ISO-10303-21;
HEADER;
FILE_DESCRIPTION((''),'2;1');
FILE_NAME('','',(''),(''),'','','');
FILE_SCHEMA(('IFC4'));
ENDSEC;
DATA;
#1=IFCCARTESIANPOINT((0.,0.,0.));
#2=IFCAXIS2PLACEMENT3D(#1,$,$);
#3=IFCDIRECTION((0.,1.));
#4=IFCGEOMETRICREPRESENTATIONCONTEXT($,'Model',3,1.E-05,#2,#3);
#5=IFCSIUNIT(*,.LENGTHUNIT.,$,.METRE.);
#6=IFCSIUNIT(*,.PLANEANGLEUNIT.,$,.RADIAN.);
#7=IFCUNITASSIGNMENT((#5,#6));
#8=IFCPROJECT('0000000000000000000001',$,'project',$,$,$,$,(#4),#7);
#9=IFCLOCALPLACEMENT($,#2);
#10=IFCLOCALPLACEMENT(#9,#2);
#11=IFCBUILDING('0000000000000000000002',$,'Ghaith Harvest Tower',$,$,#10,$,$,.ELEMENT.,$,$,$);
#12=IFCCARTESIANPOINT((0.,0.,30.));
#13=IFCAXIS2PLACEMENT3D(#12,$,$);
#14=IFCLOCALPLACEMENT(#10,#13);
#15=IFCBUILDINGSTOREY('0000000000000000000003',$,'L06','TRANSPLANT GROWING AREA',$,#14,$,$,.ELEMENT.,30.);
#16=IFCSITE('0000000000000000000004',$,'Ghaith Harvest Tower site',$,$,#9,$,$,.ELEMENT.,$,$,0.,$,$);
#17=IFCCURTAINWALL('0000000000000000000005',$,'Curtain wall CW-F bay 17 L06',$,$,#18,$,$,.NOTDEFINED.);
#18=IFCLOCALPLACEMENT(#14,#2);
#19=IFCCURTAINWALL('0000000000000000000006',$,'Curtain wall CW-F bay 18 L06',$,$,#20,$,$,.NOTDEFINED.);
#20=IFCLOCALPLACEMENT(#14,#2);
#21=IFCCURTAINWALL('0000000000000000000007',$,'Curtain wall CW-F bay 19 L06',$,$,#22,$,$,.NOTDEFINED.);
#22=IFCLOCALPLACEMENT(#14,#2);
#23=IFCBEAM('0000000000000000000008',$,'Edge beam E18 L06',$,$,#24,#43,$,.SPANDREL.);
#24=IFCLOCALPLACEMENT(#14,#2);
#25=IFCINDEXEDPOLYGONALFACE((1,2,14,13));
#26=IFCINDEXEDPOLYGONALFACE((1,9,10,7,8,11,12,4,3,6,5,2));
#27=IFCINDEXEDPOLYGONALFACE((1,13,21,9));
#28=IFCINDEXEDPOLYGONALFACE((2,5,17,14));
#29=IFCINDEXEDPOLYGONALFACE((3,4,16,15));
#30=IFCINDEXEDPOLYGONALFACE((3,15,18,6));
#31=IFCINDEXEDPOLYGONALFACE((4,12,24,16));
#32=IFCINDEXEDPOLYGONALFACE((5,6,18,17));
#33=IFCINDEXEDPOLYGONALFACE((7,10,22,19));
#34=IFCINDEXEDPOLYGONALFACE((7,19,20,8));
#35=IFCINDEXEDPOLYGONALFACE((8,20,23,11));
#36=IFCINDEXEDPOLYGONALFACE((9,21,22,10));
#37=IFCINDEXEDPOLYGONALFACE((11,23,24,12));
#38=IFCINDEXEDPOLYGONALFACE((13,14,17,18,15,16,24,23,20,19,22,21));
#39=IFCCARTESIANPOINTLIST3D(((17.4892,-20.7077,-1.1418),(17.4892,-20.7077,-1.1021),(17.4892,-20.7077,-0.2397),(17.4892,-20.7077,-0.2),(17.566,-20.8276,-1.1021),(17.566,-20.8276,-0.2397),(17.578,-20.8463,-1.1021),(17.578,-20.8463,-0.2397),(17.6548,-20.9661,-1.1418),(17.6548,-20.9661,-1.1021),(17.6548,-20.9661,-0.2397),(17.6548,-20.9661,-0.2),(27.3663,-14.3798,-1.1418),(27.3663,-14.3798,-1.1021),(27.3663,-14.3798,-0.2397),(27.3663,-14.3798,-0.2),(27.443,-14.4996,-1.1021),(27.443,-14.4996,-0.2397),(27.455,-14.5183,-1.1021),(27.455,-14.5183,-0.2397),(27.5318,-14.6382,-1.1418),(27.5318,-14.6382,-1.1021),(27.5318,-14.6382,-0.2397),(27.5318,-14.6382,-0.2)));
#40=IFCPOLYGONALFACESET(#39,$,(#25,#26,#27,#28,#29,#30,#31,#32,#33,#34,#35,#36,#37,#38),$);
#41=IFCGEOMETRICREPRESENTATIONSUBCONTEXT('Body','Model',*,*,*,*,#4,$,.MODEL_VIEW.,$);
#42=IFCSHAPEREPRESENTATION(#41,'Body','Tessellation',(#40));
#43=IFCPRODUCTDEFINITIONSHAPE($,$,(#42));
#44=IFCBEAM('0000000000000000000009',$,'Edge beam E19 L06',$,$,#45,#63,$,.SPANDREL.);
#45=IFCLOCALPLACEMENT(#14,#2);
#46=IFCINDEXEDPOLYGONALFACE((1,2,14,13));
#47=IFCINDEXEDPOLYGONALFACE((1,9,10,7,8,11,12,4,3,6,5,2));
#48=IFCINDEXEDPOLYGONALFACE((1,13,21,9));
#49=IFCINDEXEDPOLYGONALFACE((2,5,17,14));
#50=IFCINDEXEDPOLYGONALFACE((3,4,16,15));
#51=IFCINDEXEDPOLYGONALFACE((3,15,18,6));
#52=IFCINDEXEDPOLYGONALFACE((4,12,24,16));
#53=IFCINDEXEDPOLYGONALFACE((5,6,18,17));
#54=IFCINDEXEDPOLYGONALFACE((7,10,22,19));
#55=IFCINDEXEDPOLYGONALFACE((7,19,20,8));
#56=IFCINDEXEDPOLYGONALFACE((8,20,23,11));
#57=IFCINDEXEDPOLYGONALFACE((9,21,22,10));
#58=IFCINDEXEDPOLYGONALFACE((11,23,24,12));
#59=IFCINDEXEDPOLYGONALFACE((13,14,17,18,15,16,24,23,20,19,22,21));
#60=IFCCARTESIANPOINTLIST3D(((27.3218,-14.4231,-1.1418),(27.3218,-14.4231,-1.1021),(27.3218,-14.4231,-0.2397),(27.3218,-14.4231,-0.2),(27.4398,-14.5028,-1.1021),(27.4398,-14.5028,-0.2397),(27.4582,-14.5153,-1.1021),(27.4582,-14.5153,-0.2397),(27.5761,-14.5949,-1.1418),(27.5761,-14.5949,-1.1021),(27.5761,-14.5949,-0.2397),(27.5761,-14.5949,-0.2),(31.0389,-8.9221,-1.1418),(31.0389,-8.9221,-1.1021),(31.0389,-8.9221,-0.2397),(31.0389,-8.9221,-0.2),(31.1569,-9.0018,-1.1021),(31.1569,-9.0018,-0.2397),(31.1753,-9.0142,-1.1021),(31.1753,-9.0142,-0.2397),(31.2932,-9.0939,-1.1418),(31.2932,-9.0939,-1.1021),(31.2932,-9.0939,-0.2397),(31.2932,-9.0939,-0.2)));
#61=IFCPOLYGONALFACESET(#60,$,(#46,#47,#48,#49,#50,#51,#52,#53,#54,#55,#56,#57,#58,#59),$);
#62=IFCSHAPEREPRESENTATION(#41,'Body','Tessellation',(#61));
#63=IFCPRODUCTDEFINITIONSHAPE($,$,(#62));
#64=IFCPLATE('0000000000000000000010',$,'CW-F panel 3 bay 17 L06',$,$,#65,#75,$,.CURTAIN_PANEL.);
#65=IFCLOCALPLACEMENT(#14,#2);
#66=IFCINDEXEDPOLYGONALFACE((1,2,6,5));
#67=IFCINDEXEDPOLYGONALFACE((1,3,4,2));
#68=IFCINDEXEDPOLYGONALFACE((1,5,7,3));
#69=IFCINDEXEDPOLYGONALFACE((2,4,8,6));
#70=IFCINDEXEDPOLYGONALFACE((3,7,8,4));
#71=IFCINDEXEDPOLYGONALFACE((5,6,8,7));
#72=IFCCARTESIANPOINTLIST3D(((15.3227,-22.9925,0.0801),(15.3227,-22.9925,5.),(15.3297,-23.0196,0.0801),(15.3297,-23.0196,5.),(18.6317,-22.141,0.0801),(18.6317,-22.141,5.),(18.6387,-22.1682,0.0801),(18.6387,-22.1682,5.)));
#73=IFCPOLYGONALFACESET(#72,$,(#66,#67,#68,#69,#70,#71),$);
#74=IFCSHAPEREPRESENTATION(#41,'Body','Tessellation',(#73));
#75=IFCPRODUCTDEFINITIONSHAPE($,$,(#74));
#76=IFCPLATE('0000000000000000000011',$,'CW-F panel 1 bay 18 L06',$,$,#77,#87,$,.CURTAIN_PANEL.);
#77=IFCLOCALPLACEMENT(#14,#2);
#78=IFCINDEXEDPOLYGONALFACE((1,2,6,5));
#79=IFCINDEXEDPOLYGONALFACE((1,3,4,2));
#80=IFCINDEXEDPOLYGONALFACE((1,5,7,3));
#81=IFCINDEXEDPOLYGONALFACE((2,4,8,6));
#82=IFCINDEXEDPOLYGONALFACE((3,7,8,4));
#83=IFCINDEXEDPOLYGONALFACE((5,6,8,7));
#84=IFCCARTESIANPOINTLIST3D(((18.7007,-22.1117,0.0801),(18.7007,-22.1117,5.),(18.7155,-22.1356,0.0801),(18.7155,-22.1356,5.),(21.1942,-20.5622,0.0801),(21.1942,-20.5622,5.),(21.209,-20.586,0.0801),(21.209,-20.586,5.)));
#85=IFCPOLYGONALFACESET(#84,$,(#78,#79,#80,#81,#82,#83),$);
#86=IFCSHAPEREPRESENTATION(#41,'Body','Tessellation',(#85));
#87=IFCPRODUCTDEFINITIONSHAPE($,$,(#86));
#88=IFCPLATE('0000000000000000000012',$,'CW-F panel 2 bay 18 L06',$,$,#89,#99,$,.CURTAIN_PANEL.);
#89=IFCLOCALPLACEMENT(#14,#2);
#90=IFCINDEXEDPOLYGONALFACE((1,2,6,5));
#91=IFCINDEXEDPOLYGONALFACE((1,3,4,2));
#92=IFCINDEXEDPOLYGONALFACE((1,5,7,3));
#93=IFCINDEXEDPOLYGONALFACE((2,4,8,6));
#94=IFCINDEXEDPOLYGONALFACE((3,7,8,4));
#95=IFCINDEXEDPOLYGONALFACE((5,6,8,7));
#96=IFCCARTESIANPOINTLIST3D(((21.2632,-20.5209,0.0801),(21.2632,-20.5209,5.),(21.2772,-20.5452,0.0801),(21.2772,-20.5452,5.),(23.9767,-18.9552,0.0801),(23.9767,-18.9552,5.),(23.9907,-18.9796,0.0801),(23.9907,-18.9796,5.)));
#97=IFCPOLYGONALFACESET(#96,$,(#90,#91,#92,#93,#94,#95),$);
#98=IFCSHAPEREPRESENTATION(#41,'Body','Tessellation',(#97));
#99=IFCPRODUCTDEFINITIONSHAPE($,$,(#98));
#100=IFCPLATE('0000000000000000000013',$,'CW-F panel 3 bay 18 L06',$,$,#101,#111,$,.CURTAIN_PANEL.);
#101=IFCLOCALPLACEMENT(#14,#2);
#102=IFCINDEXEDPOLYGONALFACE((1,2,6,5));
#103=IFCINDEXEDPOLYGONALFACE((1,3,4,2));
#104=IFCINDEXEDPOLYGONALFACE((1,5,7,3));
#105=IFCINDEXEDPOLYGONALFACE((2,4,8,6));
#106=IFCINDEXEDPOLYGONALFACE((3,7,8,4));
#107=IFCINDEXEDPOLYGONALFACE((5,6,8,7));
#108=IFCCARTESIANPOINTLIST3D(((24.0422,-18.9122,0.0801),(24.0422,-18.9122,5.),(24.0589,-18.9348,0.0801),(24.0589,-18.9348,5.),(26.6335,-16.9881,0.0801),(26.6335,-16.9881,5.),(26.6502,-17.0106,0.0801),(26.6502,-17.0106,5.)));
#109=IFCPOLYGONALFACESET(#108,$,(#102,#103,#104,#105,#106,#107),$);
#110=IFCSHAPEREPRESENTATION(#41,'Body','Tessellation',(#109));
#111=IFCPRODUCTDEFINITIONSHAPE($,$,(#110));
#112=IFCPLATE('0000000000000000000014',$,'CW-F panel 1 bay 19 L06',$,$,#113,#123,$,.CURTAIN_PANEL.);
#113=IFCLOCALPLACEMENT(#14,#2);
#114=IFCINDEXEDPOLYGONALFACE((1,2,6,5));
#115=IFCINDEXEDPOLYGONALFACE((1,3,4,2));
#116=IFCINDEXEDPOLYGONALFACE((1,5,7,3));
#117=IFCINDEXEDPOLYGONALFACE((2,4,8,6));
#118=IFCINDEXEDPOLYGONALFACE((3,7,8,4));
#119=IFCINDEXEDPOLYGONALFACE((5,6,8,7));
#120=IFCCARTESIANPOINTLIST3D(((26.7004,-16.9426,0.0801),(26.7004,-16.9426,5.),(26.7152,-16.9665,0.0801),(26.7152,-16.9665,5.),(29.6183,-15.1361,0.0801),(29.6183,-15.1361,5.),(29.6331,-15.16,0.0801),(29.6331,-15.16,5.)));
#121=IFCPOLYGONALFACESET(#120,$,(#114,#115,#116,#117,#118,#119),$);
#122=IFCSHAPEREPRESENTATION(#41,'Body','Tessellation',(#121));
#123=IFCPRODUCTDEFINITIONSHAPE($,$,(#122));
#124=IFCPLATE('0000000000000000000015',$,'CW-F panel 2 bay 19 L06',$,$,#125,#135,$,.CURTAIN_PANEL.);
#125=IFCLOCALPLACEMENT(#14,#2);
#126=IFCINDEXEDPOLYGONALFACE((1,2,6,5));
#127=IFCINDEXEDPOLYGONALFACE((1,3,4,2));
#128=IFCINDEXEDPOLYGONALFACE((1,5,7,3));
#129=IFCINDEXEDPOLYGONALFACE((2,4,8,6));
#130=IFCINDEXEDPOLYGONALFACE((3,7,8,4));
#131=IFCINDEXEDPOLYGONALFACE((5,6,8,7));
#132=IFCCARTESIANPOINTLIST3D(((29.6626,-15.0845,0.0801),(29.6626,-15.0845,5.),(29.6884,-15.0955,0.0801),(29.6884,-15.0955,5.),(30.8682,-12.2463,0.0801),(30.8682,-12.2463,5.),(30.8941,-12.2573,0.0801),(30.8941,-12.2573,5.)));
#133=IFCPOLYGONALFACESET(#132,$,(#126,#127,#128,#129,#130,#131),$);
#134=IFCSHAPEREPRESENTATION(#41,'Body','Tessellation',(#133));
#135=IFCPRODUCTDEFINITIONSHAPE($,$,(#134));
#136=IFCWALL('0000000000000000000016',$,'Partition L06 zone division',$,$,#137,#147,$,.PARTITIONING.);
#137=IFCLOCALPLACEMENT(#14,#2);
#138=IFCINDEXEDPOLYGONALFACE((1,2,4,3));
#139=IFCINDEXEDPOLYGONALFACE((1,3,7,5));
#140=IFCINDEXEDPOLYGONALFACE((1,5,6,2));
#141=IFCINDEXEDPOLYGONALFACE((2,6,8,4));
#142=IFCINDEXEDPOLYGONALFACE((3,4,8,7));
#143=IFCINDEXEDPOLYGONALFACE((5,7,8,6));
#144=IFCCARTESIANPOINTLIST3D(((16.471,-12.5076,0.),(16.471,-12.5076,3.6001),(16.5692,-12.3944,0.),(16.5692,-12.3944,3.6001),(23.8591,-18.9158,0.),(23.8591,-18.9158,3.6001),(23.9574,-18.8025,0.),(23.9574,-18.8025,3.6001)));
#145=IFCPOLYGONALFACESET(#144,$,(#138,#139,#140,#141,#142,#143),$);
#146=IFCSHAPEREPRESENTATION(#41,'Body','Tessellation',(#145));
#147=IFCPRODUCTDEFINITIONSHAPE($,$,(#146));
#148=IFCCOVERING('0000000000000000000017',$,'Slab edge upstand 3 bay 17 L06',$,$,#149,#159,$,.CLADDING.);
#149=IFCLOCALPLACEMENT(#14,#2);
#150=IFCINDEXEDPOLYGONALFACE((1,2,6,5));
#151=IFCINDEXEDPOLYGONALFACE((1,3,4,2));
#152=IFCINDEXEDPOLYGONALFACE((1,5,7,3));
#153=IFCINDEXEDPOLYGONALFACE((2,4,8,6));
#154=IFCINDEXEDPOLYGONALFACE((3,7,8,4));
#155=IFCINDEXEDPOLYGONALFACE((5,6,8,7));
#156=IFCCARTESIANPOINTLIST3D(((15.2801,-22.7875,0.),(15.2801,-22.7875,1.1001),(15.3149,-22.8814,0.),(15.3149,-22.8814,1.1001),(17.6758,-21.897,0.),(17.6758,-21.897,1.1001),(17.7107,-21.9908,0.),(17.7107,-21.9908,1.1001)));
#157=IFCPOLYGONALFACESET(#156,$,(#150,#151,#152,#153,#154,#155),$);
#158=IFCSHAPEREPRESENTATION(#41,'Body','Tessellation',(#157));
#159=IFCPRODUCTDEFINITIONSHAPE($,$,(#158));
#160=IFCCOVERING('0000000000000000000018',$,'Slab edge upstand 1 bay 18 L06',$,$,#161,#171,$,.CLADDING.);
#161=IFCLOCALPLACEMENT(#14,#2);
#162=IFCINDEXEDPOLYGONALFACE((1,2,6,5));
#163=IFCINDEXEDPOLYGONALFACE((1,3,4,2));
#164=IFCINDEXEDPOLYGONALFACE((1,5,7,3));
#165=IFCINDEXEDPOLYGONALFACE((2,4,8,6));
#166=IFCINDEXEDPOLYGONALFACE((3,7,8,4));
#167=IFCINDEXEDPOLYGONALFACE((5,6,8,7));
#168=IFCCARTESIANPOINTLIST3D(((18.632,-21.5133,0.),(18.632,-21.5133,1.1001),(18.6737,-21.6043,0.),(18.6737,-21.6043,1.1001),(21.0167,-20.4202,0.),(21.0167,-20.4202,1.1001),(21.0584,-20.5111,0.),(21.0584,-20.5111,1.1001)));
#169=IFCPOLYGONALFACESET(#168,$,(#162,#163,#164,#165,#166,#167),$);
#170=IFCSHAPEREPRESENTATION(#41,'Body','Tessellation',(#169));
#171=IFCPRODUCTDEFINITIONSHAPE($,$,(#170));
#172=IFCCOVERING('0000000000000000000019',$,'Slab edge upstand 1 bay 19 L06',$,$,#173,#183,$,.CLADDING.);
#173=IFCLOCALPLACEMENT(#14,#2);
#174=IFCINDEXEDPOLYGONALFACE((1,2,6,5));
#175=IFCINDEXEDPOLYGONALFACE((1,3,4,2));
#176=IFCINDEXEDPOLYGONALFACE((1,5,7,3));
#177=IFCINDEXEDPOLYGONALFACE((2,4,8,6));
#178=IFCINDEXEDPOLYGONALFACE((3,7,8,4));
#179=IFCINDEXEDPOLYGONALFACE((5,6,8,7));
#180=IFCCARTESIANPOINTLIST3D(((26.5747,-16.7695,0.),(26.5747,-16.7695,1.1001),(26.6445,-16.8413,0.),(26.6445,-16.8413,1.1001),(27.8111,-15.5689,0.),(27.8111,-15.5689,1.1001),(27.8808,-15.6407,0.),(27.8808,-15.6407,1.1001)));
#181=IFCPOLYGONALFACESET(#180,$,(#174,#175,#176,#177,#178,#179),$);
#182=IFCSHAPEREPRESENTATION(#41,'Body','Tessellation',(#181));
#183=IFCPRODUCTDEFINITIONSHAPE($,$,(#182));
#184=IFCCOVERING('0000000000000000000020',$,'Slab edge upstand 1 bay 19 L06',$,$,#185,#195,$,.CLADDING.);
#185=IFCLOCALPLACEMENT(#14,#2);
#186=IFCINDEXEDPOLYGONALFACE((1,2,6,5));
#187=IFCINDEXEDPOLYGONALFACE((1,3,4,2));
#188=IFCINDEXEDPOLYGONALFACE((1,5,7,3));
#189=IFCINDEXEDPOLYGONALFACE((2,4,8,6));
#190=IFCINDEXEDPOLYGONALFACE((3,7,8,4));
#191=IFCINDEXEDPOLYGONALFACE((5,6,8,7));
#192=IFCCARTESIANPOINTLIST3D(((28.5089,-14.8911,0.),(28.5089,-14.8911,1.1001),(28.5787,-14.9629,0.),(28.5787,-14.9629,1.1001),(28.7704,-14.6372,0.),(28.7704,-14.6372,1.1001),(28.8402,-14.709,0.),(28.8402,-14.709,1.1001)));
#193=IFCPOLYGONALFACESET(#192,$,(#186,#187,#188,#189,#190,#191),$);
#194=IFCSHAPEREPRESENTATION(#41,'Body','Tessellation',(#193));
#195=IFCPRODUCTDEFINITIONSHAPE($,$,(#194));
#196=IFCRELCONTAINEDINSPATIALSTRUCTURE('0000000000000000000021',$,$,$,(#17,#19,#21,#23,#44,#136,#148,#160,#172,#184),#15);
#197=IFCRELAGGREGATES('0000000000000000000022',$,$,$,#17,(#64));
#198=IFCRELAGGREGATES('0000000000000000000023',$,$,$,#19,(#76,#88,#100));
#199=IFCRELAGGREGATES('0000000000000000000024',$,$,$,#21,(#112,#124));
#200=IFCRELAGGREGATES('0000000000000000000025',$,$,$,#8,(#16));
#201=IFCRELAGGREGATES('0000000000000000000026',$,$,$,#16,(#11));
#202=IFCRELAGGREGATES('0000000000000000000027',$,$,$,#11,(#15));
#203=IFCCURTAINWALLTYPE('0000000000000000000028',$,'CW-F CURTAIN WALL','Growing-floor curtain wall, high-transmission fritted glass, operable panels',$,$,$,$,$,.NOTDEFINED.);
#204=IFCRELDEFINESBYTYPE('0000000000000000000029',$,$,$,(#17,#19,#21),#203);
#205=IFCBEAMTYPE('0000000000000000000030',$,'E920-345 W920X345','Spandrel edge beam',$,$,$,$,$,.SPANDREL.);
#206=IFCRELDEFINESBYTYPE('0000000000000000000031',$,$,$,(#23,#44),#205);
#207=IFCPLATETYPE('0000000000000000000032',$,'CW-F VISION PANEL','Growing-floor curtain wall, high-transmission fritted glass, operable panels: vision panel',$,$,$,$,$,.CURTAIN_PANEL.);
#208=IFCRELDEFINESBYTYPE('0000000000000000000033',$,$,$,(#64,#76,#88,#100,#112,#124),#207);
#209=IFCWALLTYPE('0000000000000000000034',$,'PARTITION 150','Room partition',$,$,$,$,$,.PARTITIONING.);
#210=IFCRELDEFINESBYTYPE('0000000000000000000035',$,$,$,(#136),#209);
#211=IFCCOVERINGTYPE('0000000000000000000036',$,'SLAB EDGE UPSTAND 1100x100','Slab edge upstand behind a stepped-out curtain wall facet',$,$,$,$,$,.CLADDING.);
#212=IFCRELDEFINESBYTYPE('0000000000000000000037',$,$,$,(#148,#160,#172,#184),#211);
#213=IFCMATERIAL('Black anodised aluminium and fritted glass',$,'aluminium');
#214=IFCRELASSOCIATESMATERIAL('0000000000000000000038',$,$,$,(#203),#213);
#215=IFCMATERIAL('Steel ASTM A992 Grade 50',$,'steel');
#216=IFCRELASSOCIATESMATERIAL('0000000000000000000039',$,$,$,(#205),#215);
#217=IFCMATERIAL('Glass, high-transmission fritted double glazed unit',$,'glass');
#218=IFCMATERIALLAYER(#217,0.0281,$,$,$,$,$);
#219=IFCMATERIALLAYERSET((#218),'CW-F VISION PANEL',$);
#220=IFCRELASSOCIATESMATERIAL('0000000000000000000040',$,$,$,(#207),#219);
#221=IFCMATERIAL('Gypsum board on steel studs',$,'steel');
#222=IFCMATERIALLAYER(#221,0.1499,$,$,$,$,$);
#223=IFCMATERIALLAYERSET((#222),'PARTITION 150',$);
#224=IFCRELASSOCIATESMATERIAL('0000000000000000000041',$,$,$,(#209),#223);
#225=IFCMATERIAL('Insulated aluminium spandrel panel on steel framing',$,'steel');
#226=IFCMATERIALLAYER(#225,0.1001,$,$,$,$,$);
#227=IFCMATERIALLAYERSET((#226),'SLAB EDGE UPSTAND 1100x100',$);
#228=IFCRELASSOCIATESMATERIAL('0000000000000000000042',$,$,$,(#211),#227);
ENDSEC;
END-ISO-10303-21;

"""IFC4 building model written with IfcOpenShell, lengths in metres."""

from ifc_helpers import new_model, si_unit, direction, frame, frame_2d, origin, origin_2d, place, context, subcontext, project, spatial, rectangle, i_section, extrude, material, layer, layer_set, material_profile, profile_set, type_object, element, aggregate, save


model = new_model("IFC4")

# Units and contexts
model_context = context("Model", 3, precision=1e-05, world=origin(), true_north=direction((0.0, 1.0)))
body_context = subcontext(model_context, "Body", "Model", "MODEL_VIEW")
ifc_project = project(units=[si_unit("LENGTHUNIT", "METRE"), si_unit("PLANEANGLEUNIT", "RADIAN")], contexts=[model_context])

# Site, building, storey
site_placement = place(None, origin())
site = spatial("IfcSite", under=ifc_project, at=site_placement, Name="Ghaith Harvest Tower site", CompositionType="ELEMENT", RefElevation=0.0)
building_placement = place(site_placement, origin())
building = spatial("IfcBuilding", under=site, at=building_placement, Name="Ghaith Harvest Tower", CompositionType="ELEMENT")
storey_placement = place(building_placement, frame((0.0, 0.0, 30.0)))
storey = spatial("IfcBuildingStorey", under=building, at=storey_placement, Name="L06", Description="TRANSPLANT GROWING AREA", CompositionType="ELEMENT", Elevation=30.0)

# Curtain wall
ifc_material_1 = material(Name="Black anodised aluminium and fritted glass", Category="aluminium")
curtain_wall_type = type_object("IfcCurtainWallType", Name="CW-F CURTAIN WALL", Description="Growing-floor curtain wall, high-transmission fritted glass, operable panels", PredefinedType="NOTDEFINED", material=ifc_material_1)
curtain_wall_1_placement = place(storey_placement, origin())
curtain_wall_1 = element("IfcCurtainWall", 1, at=curtain_wall_1_placement, inside=storey, type_object=curtain_wall_type, Name="Curtain wall CW-F bay 17 L06", PredefinedType="NOTDEFINED")

# Curtain walls
curtain_wall_2_placement = place(storey_placement, origin())
curtain_wall_2 = element("IfcCurtainWall", 2, at=curtain_wall_2_placement, inside=storey, type_object=curtain_wall_type, Name="Curtain wall CW-F bay 18 L06", PredefinedType="NOTDEFINED")
curtain_wall_3_placement = place(storey_placement, origin())
curtain_wall_3 = element("IfcCurtainWall", 3, at=curtain_wall_3_placement, inside=storey, type_object=curtain_wall_type, Name="Curtain wall CW-F bay 19 L06", PredefinedType="NOTDEFINED")

# Beams
ifc_material_2 = material(Name="Steel ASTM A992 Grade 50", Category="steel")
ifc_material_profile_1 = material_profile(ifc_material_2, i_section(OverallWidth=0.3069, OverallDepth=0.9419, WebThickness=0.0222, FlangeThickness=0.0398, at=origin_2d()), Name="W920X345")
ifc_profile_set_1 = profile_set([ifc_material_profile_1], Name="Steel ASTM A992 Grade 50")
beam_type = type_object("IfcBeamType", Name="E920-345 W920X345", Description="Spandrel edge beam", PredefinedType="SPANDREL", material=ifc_profile_set_1)
beam_1_placement = place(storey_placement, frame((17.572, -20.8369, -0.6709), z_axis=(0.842015, 0.539455, 0.0), x_axis=(-0.539455, 0.842015, 0.0)))
element("IfcBeam", 4, at=beam_1_placement, inside=storey, type_object=beam_type, Name="Edge beam E18 L06", PredefinedType="SPANDREL", context=body_context, shape_type="SweptSolid", body=[
    extrude(i_section(OverallWidth=0.3069, OverallDepth=0.9419, WebThickness=0.0222, FlangeThickness=0.0398, at=origin_2d()), origin(), (0.0, 0.0, 1.0), 11.7302),
])
beam_2_placement = place(storey_placement, frame((27.449, -14.509, -0.6709), z_axis=(0.559874, 0.828577, 0.0), x_axis=(-0.828577, 0.559874, 0.0)))
element("IfcBeam", 5, at=beam_2_placement, inside=storey, type_object=beam_type, Name="Edge beam E19 L06", PredefinedType="SPANDREL", context=body_context, shape_type="SweptSolid", body=[
    extrude(i_section(OverallWidth=0.3069, OverallDepth=0.9419, WebThickness=0.0222, FlangeThickness=0.0398, at=origin_2d()), origin(), (0.0, 0.0, 1.0), 6.6392),
])

# Plates
ifc_material_3 = material(Name="Glass, high-transmission fritted double glazed unit", Category="glass")
ifc_layer_1 = layer(ifc_material_3, 0.0281)
ifc_layer_set_1 = layer_set([ifc_layer_1], Name="CW-F VISION PANEL")
plate_type = type_object("IfcPlateType", Name="CW-F VISION PANEL", Description="Growing-floor curtain wall, high-transmission fritted glass, operable panels: vision panel", PredefinedType="CURTAIN_PANEL", material=ifc_layer_set_1)
plate_1_placement = place(storey_placement, frame((16.9807, -22.5803, 0.0801), z_axis=(0.0, 0.0, 1.0), x_axis=(0.968451, 0.249202, 0.0)))
plate_1 = element("IfcPlate", 6, at=plate_1_placement, type_object=plate_type, Name="CW-F panel 3 bay 17 L06", PredefinedType="CURTAIN_PANEL", context=body_context, shape_type="SweptSolid", body=[
    extrude(rectangle(XDim=3.4167, YDim=0.0281, at=origin_2d()), origin(), (0.0, 0.0, 1.0), 4.9199),
])
aggregate(curtain_wall_1, [plate_1])
plate_2_placement = place(storey_placement, frame((19.9548, -21.3489, 0.0801), z_axis=(0.0, 0.0, 1.0), x_axis=(0.849361, 0.527813, 0.0)))
plate_2 = element("IfcPlate", 7, at=plate_2_placement, type_object=plate_type, Name="CW-F panel 1 bay 18 L06", PredefinedType="CURTAIN_PANEL", context=body_context, shape_type="SweptSolid", body=[
    extrude(rectangle(XDim=2.9358, YDim=0.0281, at=origin_2d()), origin(), (0.0, 0.0, 1.0), 4.9199),
])
plate_3_placement = place(storey_placement, frame((22.627, -19.7502, 0.0801), z_axis=(0.0, 0.0, 1.0), x_axis=(0.866159, 0.499768, 0.0)))
plate_3 = element("IfcPlate", 8, at=plate_3_placement, type_object=plate_type, Name="CW-F panel 2 bay 18 L06", PredefinedType="CURTAIN_PANEL", context=body_context, shape_type="SweptSolid", body=[
    extrude(rectangle(XDim=3.1328, YDim=0.0281, at=origin_2d()), origin(), (0.0, 0.0, 1.0), 4.9199),
])
plate_4_placement = place(storey_placement, frame((25.3462, -17.9614, 0.0801), z_axis=(0.0, 0.0, 1.0), x_axis=(0.802867, 0.596158, 0.0)))
plate_4 = element("IfcPlate", 9, at=plate_4_placement, type_object=plate_type, Name="CW-F panel 3 bay 18 L06", PredefinedType="CURTAIN_PANEL", context=body_context, shape_type="SweptSolid", body=[
    extrude(rectangle(XDim=3.2275, YDim=0.0281, at=origin_2d()), origin(), (0.0, 0.0, 1.0), 4.9199),
])
aggregate(curtain_wall_2, [plate_2, plate_3, plate_4])
plate_5_placement = place(storey_placement, frame((28.1667, -16.0513, 0.0801), z_axis=(0.0, 0.0, 1.0), x_axis=(0.850246, 0.526386, 0.0)))
plate_5 = element("IfcPlate", 10, at=plate_5_placement, type_object=plate_type, Name="CW-F panel 1 bay 19 L06", PredefinedType="CURTAIN_PANEL", context=body_context, shape_type="SweptSolid", body=[
    extrude(rectangle(XDim=3.4319, YDim=0.0281, at=origin_2d()), origin(), (0.0, 0.0, 1.0), 4.9199),
])
plate_6_placement = place(storey_placement, frame((30.2783, -13.6709, 0.0801), z_axis=(0.0, 0.0, 1.0), x_axis=(0.39098, 0.920399, 0.0)))
plate_6 = element("IfcPlate", 11, at=plate_6_placement, type_object=plate_type, Name="CW-F panel 2 bay 19 L06", PredefinedType="CURTAIN_PANEL", context=body_context, shape_type="SweptSolid", body=[
    extrude(rectangle(XDim=3.0837, YDim=0.0281, at=origin_2d()), origin(), (0.0, 0.0, 1.0), 4.9199),
])
aggregate(curtain_wall_3, [plate_5, plate_6])

# Wall
ifc_material_4 = material(Name="Gypsum board on steel studs", Category="steel")
ifc_layer_2 = layer(ifc_material_4, 0.1499)
ifc_layer_set_2 = layer_set([ifc_layer_2], Name="PARTITION 150")
wall_type = type_object("IfcWallType", Name="PARTITION 150", Description="Room partition", PredefinedType="PARTITIONING", material=ifc_layer_set_2)
wall_placement = place(storey_placement, frame((16.52, -12.4509, 0.0), z_axis=(0.0, 0.0, 1.0), x_axis=(0.75543, -0.655229, 0.0)))
element("IfcWall", 12, at=wall_placement, inside=storey, type_object=wall_type, Name="Partition L06 zone division", PredefinedType="PARTITIONING", context=body_context, shape_type="SweptSolid", body=[
    extrude(rectangle(XDim=9.78, YDim=0.1499, at=frame_2d((4.8901, 0.0))), origin(), (0.0, 0.0, 1.0), 3.6001),
])

# Coverings
ifc_material_5 = material(Name="Insulated aluminium spandrel panel on steel framing", Category="steel")
ifc_layer_3 = layer(ifc_material_5, 0.1001)
ifc_layer_set_3 = layer_set([ifc_layer_3], Name="SLAB EDGE UPSTAND 1100x100")
covering_type = type_object("IfcCoveringType", Name="SLAB EDGE UPSTAND 1100x100", Description="Slab edge upstand behind a stepped-out curtain wall facet", PredefinedType="CLADDING", material=ifc_layer_set_3)
covering_1_placement = place(storey_placement, frame((16.4954, -22.3892, 0.0), z_axis=(0.0, 0.0, 1.0), x_axis=(0.937332, 0.348438, 0.0)))
element("IfcCovering", 13, at=covering_1_placement, inside=storey, type_object=covering_type, Name="Slab edge upstand 3 bay 17 L06", PredefinedType="CLADDING", context=body_context, shape_type="SweptSolid", body=[
    extrude(rectangle(XDim=2.5559, YDim=0.1001, at=origin_2d()), origin(), (0.0, 0.0, 1.0), 1.1001),
])
covering_2_placement = place(storey_placement, frame((19.8452, -21.0122, 0.0), z_axis=(0.0, 0.0, 1.0), x_axis=(0.909046, 0.416696, 0.0)))
element("IfcCovering", 14, at=covering_2_placement, inside=storey, type_object=covering_type, Name="Slab edge upstand 1 bay 18 L06", PredefinedType="CLADDING", context=body_context, shape_type="SweptSolid", body=[
    extrude(rectangle(XDim=2.6233, YDim=0.1001, at=origin_2d()), origin(), (0.0, 0.0, 1.0), 1.1001),
])
covering_3_placement = place(storey_placement, frame((27.2278, -16.2051, 0.0), z_axis=(0.0, 0.0, 1.0), x_axis=(0.717386, 0.696675, 0.0)))
element("IfcCovering", 15, at=covering_3_placement, inside=storey, type_object=covering_type, Name="Slab edge upstand 1 bay 19 L06", PredefinedType="CLADDING", context=body_context, shape_type="SweptSolid", body=[
    extrude(rectangle(XDim=1.7234, YDim=0.1001, at=origin_2d()), origin(), (0.0, 0.0, 1.0), 1.1001),
])
covering_4_placement = place(storey_placement, frame((28.6746, -14.8, 0.0), z_axis=(0.0, 0.0, 1.0), x_axis=(0.717386, 0.696675, 0.0)))
element("IfcCovering", 16, at=covering_4_placement, inside=storey, type_object=covering_type, Name="Slab edge upstand 1 bay 19 L06", PredefinedType="CLADDING", context=body_context, shape_type="SweptSolid", body=[
    extrude(rectangle(XDim=0.3645, YDim=0.1001, at=origin_2d()), origin(), (0.0, 0.0, 1.0), 1.1001),
])

save(model, "model.ifc")
